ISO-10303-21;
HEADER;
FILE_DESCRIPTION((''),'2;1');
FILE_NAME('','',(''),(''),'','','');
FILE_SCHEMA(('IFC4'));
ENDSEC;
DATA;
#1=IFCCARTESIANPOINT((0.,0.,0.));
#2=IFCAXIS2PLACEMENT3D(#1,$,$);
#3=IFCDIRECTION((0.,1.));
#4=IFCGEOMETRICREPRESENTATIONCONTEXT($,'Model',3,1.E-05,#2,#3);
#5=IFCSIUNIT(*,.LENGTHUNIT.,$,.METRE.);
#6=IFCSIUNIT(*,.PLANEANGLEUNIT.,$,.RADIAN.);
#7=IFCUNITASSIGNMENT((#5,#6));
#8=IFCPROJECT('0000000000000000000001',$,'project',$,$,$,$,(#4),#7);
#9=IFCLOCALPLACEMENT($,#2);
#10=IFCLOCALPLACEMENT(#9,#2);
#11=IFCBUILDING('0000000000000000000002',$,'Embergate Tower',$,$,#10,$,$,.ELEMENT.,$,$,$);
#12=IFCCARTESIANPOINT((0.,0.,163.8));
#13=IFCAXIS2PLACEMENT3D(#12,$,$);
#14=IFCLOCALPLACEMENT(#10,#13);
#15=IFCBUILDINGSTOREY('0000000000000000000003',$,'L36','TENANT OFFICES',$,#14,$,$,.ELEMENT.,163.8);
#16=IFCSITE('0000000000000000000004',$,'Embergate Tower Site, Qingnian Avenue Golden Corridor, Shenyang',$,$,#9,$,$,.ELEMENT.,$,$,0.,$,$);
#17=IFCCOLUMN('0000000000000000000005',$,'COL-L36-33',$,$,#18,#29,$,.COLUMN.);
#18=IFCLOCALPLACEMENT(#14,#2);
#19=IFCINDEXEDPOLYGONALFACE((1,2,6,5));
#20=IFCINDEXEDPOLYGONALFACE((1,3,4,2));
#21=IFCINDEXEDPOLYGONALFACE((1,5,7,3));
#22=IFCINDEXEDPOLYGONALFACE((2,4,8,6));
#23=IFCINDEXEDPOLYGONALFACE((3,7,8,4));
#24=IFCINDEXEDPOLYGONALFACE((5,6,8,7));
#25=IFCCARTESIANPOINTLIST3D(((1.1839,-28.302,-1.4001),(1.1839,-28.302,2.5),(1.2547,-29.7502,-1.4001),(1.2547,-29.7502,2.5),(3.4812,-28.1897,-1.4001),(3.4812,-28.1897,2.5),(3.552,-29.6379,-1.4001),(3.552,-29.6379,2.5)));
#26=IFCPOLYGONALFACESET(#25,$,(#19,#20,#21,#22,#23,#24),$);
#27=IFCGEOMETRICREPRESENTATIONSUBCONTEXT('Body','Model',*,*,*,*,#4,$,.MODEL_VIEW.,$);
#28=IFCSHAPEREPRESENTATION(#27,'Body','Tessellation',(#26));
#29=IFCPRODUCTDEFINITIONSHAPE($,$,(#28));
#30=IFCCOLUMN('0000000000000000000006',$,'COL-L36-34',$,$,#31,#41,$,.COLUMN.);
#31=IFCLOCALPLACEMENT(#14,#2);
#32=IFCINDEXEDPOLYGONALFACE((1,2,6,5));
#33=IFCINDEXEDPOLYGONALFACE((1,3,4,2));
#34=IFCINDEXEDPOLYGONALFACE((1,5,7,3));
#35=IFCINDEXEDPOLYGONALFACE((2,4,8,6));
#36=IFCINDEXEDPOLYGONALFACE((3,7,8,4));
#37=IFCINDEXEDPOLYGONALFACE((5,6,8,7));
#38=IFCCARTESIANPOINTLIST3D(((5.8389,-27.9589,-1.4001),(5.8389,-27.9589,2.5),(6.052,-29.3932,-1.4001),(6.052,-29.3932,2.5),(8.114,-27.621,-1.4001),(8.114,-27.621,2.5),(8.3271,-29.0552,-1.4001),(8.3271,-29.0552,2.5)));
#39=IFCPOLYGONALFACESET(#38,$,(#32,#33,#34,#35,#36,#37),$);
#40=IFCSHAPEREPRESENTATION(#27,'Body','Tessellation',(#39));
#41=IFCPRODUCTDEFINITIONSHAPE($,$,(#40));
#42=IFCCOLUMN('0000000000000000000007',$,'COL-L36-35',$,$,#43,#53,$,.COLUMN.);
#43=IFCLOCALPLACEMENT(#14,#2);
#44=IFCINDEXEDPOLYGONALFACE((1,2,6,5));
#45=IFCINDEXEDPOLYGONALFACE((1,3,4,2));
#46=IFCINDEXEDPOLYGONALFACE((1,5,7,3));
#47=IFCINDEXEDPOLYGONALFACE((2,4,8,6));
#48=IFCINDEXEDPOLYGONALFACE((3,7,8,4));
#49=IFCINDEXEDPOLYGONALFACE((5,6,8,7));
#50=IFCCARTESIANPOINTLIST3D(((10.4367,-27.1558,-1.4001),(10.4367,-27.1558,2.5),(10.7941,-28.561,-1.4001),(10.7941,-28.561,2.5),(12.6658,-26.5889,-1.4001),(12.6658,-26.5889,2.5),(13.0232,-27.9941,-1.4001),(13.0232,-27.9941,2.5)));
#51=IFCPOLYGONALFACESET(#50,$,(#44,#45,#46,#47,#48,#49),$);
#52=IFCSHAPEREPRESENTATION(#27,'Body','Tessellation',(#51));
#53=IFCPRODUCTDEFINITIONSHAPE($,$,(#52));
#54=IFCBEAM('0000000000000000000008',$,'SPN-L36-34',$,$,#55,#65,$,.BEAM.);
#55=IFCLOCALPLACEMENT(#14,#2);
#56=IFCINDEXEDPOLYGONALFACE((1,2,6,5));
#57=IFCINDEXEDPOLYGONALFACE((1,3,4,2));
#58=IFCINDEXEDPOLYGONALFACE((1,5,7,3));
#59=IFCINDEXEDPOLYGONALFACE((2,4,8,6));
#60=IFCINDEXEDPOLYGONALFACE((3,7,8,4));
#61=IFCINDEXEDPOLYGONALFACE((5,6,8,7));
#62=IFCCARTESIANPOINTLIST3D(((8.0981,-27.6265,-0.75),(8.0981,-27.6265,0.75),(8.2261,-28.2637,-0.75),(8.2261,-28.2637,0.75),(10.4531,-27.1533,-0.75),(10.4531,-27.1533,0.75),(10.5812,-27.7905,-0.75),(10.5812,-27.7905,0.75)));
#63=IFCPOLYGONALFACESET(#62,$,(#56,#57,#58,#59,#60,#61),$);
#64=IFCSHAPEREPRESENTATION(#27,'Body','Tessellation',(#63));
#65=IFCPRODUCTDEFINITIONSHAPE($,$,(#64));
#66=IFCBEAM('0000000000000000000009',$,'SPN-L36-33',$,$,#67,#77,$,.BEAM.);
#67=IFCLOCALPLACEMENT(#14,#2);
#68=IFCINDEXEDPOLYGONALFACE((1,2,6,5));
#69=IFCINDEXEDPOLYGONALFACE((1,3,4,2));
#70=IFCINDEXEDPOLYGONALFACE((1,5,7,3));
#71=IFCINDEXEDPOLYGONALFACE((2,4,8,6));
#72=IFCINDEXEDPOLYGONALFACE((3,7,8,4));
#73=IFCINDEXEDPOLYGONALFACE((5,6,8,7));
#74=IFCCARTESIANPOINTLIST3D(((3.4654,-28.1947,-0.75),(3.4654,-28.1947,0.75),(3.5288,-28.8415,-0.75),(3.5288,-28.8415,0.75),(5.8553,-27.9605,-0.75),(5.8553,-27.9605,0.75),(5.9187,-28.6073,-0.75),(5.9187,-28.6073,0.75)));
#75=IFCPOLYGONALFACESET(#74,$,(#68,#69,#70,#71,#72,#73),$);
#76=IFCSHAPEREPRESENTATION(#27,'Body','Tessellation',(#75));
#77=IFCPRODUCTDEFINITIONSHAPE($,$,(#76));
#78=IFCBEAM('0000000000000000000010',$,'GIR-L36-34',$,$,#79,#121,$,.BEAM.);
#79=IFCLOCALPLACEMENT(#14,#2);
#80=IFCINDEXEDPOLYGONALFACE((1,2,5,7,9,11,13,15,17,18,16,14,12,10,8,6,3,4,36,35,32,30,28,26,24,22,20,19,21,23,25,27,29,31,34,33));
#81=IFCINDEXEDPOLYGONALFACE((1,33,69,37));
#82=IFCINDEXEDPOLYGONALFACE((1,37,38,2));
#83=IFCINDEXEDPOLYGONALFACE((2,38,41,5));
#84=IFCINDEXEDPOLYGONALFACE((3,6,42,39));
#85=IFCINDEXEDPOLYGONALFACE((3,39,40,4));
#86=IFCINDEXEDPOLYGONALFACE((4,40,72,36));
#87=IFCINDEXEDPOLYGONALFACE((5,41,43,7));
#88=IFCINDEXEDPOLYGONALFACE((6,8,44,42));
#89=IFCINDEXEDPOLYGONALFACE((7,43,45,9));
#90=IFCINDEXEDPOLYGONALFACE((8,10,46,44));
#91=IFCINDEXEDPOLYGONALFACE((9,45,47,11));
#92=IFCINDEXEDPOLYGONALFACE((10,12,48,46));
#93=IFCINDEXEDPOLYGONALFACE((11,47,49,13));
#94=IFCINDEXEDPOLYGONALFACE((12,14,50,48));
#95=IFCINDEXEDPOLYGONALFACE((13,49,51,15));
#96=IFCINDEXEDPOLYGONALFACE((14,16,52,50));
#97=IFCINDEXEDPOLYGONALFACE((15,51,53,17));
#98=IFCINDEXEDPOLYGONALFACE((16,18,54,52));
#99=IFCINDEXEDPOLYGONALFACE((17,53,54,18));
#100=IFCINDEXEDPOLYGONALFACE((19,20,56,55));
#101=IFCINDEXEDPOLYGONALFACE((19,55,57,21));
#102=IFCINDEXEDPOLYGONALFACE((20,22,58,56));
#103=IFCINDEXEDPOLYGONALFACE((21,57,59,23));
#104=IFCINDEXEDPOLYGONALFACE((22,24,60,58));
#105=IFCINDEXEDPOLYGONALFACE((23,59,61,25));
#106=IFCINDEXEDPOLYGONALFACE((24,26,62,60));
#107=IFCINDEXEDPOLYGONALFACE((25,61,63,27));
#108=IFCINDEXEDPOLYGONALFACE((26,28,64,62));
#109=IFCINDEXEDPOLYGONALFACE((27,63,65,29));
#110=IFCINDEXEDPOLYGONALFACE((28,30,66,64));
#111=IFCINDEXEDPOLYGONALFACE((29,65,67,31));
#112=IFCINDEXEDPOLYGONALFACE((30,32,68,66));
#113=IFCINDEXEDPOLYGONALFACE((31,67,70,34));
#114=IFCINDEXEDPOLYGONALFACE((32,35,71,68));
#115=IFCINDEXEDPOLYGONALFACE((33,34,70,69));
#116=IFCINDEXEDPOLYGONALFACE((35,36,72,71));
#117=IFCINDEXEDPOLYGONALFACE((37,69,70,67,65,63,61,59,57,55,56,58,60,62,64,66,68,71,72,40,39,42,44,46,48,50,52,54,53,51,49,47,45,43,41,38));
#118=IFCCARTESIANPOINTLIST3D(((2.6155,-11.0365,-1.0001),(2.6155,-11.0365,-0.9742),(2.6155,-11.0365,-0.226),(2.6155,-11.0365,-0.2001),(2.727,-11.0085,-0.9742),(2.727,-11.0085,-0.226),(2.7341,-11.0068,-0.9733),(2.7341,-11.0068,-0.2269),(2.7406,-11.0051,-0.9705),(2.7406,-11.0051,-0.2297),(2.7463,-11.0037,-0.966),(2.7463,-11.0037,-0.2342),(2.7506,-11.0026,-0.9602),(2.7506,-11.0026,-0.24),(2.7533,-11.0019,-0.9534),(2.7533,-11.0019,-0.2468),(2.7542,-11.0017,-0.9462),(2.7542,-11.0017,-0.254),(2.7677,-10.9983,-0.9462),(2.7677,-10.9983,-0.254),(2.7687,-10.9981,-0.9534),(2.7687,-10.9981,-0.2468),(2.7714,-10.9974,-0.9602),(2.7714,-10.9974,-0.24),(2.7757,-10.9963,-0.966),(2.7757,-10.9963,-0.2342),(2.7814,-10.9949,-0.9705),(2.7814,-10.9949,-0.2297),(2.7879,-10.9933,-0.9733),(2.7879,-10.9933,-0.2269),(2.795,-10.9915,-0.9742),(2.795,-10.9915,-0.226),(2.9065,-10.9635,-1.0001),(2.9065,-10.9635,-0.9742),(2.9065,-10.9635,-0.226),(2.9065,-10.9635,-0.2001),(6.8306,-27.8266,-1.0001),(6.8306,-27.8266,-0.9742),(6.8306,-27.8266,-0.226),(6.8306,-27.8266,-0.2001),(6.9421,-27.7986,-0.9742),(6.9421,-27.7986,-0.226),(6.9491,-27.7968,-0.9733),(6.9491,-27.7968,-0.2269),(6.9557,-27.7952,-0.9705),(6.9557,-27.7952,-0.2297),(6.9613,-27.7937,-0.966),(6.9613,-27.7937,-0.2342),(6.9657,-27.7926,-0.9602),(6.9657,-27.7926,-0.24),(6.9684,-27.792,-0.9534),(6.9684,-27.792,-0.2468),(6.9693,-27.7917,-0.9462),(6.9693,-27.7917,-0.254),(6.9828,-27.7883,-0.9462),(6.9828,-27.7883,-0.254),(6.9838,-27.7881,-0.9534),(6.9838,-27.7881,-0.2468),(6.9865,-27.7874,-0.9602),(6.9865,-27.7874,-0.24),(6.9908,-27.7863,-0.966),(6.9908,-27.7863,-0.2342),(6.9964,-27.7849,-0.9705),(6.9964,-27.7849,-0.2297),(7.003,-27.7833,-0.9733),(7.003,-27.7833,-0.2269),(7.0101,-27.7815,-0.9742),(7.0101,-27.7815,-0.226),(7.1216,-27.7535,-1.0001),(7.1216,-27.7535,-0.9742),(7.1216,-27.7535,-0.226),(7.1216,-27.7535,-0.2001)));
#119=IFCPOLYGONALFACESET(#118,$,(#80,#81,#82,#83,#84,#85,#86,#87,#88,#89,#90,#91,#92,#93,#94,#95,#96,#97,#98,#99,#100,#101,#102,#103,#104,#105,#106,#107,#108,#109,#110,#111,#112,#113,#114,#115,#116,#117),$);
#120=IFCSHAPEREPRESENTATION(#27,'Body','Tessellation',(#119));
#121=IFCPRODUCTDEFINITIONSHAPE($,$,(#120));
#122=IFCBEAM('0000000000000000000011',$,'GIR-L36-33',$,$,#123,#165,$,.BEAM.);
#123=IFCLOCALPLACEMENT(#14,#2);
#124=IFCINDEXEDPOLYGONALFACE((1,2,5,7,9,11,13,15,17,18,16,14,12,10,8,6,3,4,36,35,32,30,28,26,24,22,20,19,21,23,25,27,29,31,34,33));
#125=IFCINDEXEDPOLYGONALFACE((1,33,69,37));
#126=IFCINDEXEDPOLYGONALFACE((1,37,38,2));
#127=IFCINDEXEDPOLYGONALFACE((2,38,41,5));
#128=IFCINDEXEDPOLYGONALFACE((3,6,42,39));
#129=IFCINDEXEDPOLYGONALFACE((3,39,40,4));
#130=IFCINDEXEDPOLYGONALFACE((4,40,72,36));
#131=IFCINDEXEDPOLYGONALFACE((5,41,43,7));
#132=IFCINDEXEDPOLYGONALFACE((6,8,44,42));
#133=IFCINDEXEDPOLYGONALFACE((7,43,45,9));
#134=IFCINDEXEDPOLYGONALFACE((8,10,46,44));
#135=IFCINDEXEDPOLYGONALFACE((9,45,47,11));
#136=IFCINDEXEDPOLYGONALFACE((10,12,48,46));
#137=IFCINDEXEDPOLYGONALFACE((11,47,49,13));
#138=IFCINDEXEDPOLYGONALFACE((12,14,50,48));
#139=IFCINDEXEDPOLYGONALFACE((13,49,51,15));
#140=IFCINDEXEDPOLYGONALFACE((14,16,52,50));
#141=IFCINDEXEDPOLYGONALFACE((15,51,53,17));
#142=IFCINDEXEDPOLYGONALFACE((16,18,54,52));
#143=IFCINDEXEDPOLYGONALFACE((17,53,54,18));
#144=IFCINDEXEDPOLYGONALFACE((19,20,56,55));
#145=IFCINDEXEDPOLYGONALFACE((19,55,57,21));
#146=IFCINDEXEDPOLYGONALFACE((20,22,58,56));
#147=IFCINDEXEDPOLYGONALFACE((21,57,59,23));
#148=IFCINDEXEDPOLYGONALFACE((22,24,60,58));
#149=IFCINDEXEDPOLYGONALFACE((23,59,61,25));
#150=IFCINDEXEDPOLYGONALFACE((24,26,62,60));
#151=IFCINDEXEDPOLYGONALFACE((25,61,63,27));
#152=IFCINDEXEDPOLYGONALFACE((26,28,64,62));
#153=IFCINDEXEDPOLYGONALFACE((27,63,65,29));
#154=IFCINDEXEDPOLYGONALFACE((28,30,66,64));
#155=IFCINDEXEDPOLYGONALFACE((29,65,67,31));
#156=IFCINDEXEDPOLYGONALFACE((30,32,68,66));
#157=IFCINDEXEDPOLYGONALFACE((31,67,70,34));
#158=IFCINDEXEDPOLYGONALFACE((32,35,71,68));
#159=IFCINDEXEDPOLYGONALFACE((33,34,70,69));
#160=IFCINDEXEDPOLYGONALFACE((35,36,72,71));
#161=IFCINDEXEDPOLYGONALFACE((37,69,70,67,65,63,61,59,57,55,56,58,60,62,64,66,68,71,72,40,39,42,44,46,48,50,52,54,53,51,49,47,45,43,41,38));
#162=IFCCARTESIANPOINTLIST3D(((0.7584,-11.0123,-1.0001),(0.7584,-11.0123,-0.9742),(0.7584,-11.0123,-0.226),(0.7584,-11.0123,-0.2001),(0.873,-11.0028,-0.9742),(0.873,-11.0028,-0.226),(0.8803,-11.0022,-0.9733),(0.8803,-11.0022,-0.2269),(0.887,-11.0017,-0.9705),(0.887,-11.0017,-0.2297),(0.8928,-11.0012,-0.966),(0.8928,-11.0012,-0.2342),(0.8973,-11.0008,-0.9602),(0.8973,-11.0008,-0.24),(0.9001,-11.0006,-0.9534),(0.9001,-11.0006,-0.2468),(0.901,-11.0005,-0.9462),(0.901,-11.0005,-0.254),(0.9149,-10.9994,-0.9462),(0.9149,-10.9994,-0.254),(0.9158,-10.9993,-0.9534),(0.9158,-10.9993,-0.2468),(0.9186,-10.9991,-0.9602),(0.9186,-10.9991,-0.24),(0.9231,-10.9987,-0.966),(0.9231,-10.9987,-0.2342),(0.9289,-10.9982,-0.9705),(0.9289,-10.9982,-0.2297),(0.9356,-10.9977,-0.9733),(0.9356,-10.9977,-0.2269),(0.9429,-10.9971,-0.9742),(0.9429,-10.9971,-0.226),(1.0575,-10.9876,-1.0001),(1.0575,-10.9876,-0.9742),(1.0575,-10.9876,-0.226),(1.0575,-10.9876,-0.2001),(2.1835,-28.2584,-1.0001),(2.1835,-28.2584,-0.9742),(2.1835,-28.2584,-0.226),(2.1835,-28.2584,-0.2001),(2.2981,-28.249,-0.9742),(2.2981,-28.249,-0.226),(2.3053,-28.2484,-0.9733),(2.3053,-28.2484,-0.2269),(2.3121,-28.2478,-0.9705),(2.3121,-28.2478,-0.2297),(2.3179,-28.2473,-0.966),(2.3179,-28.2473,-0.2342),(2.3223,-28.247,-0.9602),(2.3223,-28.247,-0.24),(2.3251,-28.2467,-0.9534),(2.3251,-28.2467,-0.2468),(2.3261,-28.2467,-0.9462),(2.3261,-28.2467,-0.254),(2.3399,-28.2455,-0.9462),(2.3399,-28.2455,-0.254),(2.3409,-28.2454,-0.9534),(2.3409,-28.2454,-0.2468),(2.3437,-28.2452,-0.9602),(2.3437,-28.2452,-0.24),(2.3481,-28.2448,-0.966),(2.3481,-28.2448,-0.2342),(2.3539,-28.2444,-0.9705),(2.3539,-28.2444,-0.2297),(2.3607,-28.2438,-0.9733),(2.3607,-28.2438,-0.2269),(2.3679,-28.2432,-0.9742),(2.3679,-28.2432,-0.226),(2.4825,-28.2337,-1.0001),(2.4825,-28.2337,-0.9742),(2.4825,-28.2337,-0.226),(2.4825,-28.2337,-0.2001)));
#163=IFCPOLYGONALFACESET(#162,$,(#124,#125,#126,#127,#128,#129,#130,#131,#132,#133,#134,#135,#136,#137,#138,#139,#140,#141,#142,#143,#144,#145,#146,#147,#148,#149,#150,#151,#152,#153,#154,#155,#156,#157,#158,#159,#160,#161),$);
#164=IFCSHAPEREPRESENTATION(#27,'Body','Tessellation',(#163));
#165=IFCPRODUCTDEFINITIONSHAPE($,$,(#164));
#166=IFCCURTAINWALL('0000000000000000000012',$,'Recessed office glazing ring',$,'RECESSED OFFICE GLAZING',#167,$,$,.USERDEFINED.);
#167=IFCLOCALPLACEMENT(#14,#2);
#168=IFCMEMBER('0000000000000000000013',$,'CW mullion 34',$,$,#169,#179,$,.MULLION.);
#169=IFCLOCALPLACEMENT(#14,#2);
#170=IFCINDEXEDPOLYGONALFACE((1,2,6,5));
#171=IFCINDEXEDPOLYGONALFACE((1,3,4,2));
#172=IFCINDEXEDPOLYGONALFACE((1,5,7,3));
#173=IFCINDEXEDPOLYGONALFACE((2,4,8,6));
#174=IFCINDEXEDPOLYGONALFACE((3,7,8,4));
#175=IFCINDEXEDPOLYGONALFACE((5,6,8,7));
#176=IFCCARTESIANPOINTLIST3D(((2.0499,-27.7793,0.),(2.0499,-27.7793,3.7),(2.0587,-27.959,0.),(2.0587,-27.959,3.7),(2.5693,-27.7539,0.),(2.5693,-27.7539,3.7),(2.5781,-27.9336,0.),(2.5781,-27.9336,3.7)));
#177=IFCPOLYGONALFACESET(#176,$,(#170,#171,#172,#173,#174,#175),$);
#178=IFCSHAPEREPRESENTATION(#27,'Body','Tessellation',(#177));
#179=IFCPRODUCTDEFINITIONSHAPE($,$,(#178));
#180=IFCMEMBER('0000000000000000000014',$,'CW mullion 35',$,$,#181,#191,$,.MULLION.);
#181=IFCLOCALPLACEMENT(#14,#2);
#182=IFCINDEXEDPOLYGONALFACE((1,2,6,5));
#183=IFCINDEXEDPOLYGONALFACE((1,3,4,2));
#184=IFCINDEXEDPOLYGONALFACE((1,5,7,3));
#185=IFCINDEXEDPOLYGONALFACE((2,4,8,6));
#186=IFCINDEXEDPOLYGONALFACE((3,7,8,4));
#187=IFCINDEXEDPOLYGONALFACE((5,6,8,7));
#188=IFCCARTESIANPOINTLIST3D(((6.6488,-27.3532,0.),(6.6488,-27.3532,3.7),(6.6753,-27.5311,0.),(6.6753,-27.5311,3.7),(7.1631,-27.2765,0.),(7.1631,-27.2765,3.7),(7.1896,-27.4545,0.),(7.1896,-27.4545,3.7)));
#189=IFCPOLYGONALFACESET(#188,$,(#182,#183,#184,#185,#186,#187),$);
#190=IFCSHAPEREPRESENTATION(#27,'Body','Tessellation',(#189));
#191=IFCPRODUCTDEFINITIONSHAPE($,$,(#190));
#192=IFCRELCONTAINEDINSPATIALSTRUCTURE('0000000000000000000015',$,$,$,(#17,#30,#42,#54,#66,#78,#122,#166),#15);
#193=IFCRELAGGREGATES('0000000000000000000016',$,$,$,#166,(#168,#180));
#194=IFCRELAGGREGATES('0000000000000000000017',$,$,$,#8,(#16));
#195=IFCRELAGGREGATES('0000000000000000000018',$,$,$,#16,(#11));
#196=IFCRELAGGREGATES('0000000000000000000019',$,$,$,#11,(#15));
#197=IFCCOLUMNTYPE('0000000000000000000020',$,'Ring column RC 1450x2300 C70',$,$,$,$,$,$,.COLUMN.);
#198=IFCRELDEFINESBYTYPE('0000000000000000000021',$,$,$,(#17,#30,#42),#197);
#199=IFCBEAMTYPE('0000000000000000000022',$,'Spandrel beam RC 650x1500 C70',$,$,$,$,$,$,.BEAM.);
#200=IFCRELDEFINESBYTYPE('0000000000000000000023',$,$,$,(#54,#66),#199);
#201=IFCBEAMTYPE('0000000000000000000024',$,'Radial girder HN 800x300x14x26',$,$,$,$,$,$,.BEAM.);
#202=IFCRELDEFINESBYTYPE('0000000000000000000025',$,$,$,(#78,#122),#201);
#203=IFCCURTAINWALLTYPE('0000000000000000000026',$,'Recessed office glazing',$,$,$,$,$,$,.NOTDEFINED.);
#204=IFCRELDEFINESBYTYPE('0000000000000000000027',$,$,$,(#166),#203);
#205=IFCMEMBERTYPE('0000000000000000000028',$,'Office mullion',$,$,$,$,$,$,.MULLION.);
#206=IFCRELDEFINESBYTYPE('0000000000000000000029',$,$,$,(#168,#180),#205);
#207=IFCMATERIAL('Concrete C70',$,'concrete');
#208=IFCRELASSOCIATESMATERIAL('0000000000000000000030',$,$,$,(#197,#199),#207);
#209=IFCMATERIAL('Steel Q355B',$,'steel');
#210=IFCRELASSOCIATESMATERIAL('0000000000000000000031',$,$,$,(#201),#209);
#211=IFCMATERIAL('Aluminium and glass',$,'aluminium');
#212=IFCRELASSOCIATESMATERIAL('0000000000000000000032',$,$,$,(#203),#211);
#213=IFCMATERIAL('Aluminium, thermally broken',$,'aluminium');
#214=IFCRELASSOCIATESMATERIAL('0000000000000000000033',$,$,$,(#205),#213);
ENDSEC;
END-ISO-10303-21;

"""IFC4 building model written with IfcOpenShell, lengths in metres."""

from ifc_helpers import new_model, si_unit, direction, frame, origin, origin_2d, place, context, subcontext, project, spatial, rectangle, i_section, extrude, source, transform, mapped, material, material_profile, profile_set, type_object, element, aggregate, save


model = new_model("IFC4")

# Units and contexts
model_context = context("Model", 3, precision=1e-05, world=origin(), true_north=direction((0.0, 1.0)))
body_context = subcontext(model_context, "Body", "Model", "MODEL_VIEW")
ifc_project = project(units=[si_unit("LENGTHUNIT", "METRE"), si_unit("PLANEANGLEUNIT", "RADIAN")], contexts=[model_context])

# Site, building, storey
site_placement = place(None, origin())
site = spatial("IfcSite", under=ifc_project, at=site_placement, Name="Embergate Tower Site, Qingnian Avenue Golden Corridor, Shenyang", CompositionType="ELEMENT", RefElevation=0.0)
building_placement = place(site_placement, origin())
building = spatial("IfcBuilding", under=site, at=building_placement, Name="Embergate Tower", CompositionType="ELEMENT")
storey_placement = place(building_placement, frame((0.0, 0.0, 163.8)))
storey = spatial("IfcBuildingStorey", under=building, at=storey_placement, Name="L36", Description="TENANT OFFICES", CompositionType="ELEMENT", Elevation=163.8)

# Columns
ifc_material_1 = material(Name="Concrete C70", Category="concrete")
ifc_material_profile_1 = material_profile(ifc_material_1, rectangle(XDim=1.45, YDim=2.3, at=origin_2d()), Name="RC 1450x2300")
ifc_profile_set_1 = profile_set([ifc_material_profile_1], Name="Concrete C70")
column_type = type_object("IfcColumnType", Name="Ring column RC 1450x2300 C70", PredefinedType="COLUMN", material=ifc_profile_set_1)
shared_shape_1 = source(origin(), body_context, "Body", "SweptSolid", [
    extrude(rectangle(XDim=1.45, YDim=2.3, at=origin_2d()), origin(), (0.0, 0.0, 1.0), 3.9001),
])
for number, where, z_axis, x_axis, name in (
    (1, (2.3679, -28.97, -1.4001), (0.0, 0.0, 1.0), (0.048815, -0.998808, 0.0), "COL-L36-33"),
    (2, (7.083, -28.5071, -1.4001), (0.0, 0.0, 1.0), (0.146929, -0.989147, 0.0), "COL-L36-34"),
    (3, (11.73, -27.575, -1.4001), (0.0, 0.0, 1.0), (0.246492, -0.969145, 0.0), "COL-L36-35"),
):
    element("IfcColumn", number, at=place(storey_placement, frame(where, z_axis=z_axis, x_axis=x_axis)), inside=storey, type_object=column_type, Name=name, PredefinedType="COLUMN", context=body_context, shape_type="MappedRepresentation", body=[
        mapped(shared_shape_1, transform((0.0, 0.0, 0.0))),
    ])

# Beams
ifc_material_profile_2 = material_profile(ifc_material_1, rectangle(XDim=0.6499, YDim=1.5, at=origin_2d()), Name="RC 650x1500")
ifc_profile_set_2 = profile_set([ifc_material_profile_2], Name="Concrete C70")
beam_type_1 = type_object("IfcBeamType", Name="Spandrel beam RC 650x1500 C70", PredefinedType="BEAM", material=ifc_profile_set_2)
shared_shape_2 = source(origin(), body_context, "Body", "SweptSolid", [
    extrude(rectangle(XDim=0.6499, YDim=1.5, at=origin_2d()), origin(), (0.0, 0.0, 1.0), 2.4021),
])
beam_1_placement = place(storey_placement, frame((8.1621, -27.9451, 0.0), z_axis=(0.980408, 0.196976, 0.0), x_axis=(-0.196976, 0.980408, 0.0)))
element("IfcBeam", 4, at=beam_1_placement, inside=storey, type_object=beam_type_1, Name="SPN-L36-34", PredefinedType="BEAM", context=body_context, shape_type="MappedRepresentation", body=[
    mapped(shared_shape_2, transform((0.0, 0.0, 0.0))),
])
shared_shape_3 = source(origin(), body_context, "Body", "SweptSolid", [
    extrude(rectangle(XDim=0.6499, YDim=1.5, at=origin_2d()), origin(), (0.0, 0.0, 1.0), 2.4014),
])
beam_2_placement = place(storey_placement, frame((3.4971, -28.5181, 0.0), z_axis=(0.995235, 0.0975, 0.0), x_axis=(-0.0975, 0.995235, 0.0)))
element("IfcBeam", 5, at=beam_2_placement, inside=storey, type_object=beam_type_1, Name="SPN-L36-33", PredefinedType="BEAM", context=body_context, shape_type="MappedRepresentation", body=[
    mapped(shared_shape_3, transform((0.0, 0.0, 0.0))),
])
ifc_material_2 = material(Name="Steel Q355B", Category="steel")
ifc_material_profile_3 = material_profile(ifc_material_2, i_section(OverallWidth=0.3, OverallDepth=0.8, WebThickness=0.0139, FlangeThickness=0.0259, FilletRadius=0.0281, at=origin_2d()), Name="HN 800x300x14x26")
ifc_profile_set_3 = profile_set([ifc_material_profile_3], Name="Steel Q355 grade B")
beam_type_2 = type_object("IfcBeamType", Name="Radial girder HN 800x300x14x26", PredefinedType="BEAM", material=ifc_profile_set_3)
shared_shape_4 = source(origin(), body_context, "Body", "SweptSolid", [
    extrude(i_section(OverallWidth=0.3, OverallDepth=0.8, WebThickness=0.0139, FlangeThickness=0.0259, FilletRadius=0.0281, at=origin_2d()), origin(), (0.0, 0.0, 1.0), 17.311),
])
beam_3_placement = place(storey_placement, frame((6.9761, -27.79, -0.6001), z_axis=(-0.243491, 0.969903, 0.0), x_axis=(-0.969903, -0.243491, 0.0)))
element("IfcBeam", 6, at=beam_3_placement, inside=storey, type_object=beam_type_2, Name="GIR-L36-34", PredefinedType="BEAM", context=body_context, shape_type="MappedRepresentation", body=[
    mapped(shared_shape_4, transform((0.0, 0.0, 0.0))),
])
shared_shape_5 = source(origin(), body_context, "Body", "SweptSolid", [
    extrude(i_section(OverallWidth=0.3, OverallDepth=0.8, WebThickness=0.0139, FlangeThickness=0.0259, FilletRadius=0.0281, at=origin_2d()), origin(), (0.0, 0.0, 1.0), 17.3049),
])
beam_4_placement = place(storey_placement, frame((2.333, -28.2461, -0.6001), z_axis=(-0.08235, 0.996604, 0.0), x_axis=(-0.996604, -0.08235, 0.0)))
element("IfcBeam", 7, at=beam_4_placement, inside=storey, type_object=beam_type_2, Name="GIR-L36-33", PredefinedType="BEAM", context=body_context, shape_type="MappedRepresentation", body=[
    mapped(shared_shape_5, transform((0.0, 0.0, 0.0))),
])

# Curtain wall, members
ifc_material_3 = material(Name="Aluminium and glass", Category="aluminium")
curtain_wall_type = type_object("IfcCurtainWallType", Name="Recessed office glazing", PredefinedType="NOTDEFINED", material=ifc_material_3)
curtain_wall_placement = place(storey_placement, origin())
curtain_wall = element("IfcCurtainWall", 8, at=curtain_wall_placement, inside=storey, type_object=curtain_wall_type, Name="Recessed office glazing ring", ObjectType="RECESSED OFFICE GLAZING", PredefinedType="USERDEFINED")
ifc_material_4 = material(Name="Aluminium, thermally broken", Category="aluminium")
ifc_material_profile_4 = material_profile(ifc_material_4, rectangle(XDim=0.1799, YDim=0.52, at=origin_2d()), Name="AL 520x180")
ifc_profile_set_4 = profile_set([ifc_material_profile_4], Name="Aluminium, thermally broken")
member_type_1 = type_object("IfcMemberType", Name="Office mullion", PredefinedType="MULLION", material=ifc_profile_set_4)
shared_shape_6 = source(origin(), body_context, "Body", "SweptSolid", [
    extrude(rectangle(XDim=0.1799, YDim=0.52, at=origin_2d()), origin(), (0.0, 0.0, 1.0), 3.7),
])
member_1_placement = place(storey_placement, frame((2.314, -27.8564, 0.0), z_axis=(0.0, 0.0, 1.0), x_axis=(-0.048972, 0.9988, 0.0)))
member_1 = element("IfcMember", 9, at=member_1_placement, type_object=member_type_1, Name="CW mullion 34", PredefinedType="MULLION", context=body_context, shape_type="MappedRepresentation", body=[
    mapped(shared_shape_6, transform((0.0, 0.0, 0.0))),
])
member_2_placement = place(storey_placement, frame((6.9192, -27.4038, 0.0), z_axis=(0.0, 0.0, 1.0), x_axis=(-0.147412, 0.989075, 0.0)))
member_2 = element("IfcMember", 10, at=member_2_placement, type_object=member_type_1, Name="CW mullion 35", PredefinedType="MULLION", context=body_context, shape_type="MappedRepresentation", body=[
    mapped(shared_shape_6, transform((0.0, 0.0, 0.0))),
])
aggregate(curtain_wall, [member_1, member_2])

save(model, "model.ifc")
